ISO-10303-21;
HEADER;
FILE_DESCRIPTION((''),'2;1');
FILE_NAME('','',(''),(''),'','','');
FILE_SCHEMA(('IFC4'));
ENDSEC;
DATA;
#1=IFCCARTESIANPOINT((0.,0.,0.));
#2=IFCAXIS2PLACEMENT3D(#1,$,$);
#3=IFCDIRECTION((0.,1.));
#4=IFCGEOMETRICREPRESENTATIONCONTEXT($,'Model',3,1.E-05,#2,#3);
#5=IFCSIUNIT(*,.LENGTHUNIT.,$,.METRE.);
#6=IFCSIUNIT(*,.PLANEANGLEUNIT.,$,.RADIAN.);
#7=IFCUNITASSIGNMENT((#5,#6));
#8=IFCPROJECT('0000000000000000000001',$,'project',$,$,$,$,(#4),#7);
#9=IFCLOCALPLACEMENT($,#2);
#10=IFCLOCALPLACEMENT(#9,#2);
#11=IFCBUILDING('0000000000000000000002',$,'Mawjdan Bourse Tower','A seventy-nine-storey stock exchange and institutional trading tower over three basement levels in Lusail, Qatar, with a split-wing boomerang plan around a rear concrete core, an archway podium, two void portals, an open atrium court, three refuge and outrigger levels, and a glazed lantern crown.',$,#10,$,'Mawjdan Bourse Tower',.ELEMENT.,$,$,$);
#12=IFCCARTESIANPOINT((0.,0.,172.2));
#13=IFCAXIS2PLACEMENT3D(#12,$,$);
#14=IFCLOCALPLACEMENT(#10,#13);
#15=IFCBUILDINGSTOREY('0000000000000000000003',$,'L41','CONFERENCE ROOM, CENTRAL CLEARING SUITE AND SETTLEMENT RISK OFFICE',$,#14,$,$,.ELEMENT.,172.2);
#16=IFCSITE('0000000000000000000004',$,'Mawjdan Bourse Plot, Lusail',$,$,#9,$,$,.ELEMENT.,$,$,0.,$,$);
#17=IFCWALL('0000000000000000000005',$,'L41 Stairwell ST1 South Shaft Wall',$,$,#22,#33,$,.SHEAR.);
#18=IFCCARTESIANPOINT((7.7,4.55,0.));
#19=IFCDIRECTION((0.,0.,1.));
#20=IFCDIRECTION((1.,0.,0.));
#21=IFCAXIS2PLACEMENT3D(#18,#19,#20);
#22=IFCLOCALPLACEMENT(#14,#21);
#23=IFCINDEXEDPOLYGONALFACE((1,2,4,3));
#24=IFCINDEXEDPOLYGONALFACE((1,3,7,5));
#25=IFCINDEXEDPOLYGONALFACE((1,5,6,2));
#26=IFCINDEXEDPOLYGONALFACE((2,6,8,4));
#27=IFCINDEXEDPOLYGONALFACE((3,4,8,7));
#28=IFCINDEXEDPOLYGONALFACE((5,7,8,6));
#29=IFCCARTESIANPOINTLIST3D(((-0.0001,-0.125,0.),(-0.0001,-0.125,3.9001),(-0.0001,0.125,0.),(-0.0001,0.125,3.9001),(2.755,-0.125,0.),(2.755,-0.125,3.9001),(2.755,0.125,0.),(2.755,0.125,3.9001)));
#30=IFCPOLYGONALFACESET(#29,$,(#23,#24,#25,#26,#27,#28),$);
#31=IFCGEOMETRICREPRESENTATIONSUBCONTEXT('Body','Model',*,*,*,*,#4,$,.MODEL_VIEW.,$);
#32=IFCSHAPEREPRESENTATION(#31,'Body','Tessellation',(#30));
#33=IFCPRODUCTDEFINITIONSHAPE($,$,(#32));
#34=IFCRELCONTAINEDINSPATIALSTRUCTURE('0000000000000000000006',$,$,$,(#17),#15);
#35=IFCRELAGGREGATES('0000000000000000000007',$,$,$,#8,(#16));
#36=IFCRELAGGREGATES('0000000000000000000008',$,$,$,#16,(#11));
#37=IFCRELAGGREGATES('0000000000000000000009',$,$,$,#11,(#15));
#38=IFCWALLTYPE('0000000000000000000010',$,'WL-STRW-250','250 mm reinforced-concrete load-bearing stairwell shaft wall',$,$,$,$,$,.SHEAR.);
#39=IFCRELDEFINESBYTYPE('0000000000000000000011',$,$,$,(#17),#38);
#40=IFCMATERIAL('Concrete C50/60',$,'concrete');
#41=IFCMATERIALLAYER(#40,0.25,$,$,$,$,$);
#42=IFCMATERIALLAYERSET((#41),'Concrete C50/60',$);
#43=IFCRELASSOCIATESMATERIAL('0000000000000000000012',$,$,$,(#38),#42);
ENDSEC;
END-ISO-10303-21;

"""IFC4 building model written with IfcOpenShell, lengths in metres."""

from ifc_helpers import new_model, si_unit, direction, frame, frame_2d, origin, place, context, subcontext, project, spatial, rectangle, extrude, material, layer, layer_set, type_object, element, save


model = new_model("IFC4")

# Units and contexts
model_context = context("Model", 3, precision=1e-05, world=origin(), true_north=direction((0.0, 1.0)))
body_context = subcontext(model_context, "Body", "Model", "MODEL_VIEW")
ifc_project = project(units=[si_unit("LENGTHUNIT", "METRE"), si_unit("PLANEANGLEUNIT", "RADIAN")], contexts=[model_context])

# Site, building, storey
site_placement = place(None, origin())
site = spatial("IfcSite", under=ifc_project, at=site_placement, Name="Mawjdan Bourse Plot, Lusail", CompositionType="ELEMENT", RefElevation=0.0)
building_placement = place(site_placement, origin())
building = spatial("IfcBuilding", under=site, at=building_placement, Name="Mawjdan Bourse Tower", Description="A seventy-nine-storey stock exchange and institutional trading tower over three basement levels in Lusail, Qatar, with a split-wing boomerang plan around a rear concrete core, an archway podium, two void portals, an open atrium court, three refuge and outrigger levels, and a glazed lantern crown.", LongName="Mawjdan Bourse Tower", CompositionType="ELEMENT")
storey_placement = place(building_placement, frame((0.0, 0.0, 172.2)))
storey = spatial("IfcBuildingStorey", under=building, at=storey_placement, Name="L41", Description="CONFERENCE ROOM, CENTRAL CLEARING SUITE AND SETTLEMENT RISK OFFICE", CompositionType="ELEMENT", Elevation=172.2)

# Shared definitions
ifc_material_1 = material(Name="Concrete C50/60", Category="concrete")

# Wall
ifc_layer_1 = layer(ifc_material_1, 0.25)
ifc_layer_set_1 = layer_set([ifc_layer_1], Name="Concrete C50/60")
wall_type_1 = type_object("IfcWallType", Name="WL-STRW-250", Description="250 mm reinforced-concrete load-bearing stairwell shaft wall", PredefinedType="SHEAR", material=ifc_layer_set_1)
wall_1_placement = place(storey_placement, frame((7.7, 4.55, 0.0), z_axis=(0.0, 0.0, 1.0), x_axis=(1.0, 0.0, 0.0)))
element("IfcWall", 1, at=wall_1_placement, inside=storey, type_object=wall_type_1, Name="L41 Stairwell ST1 South Shaft Wall", PredefinedType="SHEAR", context=body_context, shape_type="SweptSolid", body=[
    extrude(rectangle(XDim=2.7551, YDim=0.25, at=frame_2d((1.3774, 0.0))), origin(), (0.0, 0.0, 1.0), 3.9001),
])

save(model, "model.ifc")
